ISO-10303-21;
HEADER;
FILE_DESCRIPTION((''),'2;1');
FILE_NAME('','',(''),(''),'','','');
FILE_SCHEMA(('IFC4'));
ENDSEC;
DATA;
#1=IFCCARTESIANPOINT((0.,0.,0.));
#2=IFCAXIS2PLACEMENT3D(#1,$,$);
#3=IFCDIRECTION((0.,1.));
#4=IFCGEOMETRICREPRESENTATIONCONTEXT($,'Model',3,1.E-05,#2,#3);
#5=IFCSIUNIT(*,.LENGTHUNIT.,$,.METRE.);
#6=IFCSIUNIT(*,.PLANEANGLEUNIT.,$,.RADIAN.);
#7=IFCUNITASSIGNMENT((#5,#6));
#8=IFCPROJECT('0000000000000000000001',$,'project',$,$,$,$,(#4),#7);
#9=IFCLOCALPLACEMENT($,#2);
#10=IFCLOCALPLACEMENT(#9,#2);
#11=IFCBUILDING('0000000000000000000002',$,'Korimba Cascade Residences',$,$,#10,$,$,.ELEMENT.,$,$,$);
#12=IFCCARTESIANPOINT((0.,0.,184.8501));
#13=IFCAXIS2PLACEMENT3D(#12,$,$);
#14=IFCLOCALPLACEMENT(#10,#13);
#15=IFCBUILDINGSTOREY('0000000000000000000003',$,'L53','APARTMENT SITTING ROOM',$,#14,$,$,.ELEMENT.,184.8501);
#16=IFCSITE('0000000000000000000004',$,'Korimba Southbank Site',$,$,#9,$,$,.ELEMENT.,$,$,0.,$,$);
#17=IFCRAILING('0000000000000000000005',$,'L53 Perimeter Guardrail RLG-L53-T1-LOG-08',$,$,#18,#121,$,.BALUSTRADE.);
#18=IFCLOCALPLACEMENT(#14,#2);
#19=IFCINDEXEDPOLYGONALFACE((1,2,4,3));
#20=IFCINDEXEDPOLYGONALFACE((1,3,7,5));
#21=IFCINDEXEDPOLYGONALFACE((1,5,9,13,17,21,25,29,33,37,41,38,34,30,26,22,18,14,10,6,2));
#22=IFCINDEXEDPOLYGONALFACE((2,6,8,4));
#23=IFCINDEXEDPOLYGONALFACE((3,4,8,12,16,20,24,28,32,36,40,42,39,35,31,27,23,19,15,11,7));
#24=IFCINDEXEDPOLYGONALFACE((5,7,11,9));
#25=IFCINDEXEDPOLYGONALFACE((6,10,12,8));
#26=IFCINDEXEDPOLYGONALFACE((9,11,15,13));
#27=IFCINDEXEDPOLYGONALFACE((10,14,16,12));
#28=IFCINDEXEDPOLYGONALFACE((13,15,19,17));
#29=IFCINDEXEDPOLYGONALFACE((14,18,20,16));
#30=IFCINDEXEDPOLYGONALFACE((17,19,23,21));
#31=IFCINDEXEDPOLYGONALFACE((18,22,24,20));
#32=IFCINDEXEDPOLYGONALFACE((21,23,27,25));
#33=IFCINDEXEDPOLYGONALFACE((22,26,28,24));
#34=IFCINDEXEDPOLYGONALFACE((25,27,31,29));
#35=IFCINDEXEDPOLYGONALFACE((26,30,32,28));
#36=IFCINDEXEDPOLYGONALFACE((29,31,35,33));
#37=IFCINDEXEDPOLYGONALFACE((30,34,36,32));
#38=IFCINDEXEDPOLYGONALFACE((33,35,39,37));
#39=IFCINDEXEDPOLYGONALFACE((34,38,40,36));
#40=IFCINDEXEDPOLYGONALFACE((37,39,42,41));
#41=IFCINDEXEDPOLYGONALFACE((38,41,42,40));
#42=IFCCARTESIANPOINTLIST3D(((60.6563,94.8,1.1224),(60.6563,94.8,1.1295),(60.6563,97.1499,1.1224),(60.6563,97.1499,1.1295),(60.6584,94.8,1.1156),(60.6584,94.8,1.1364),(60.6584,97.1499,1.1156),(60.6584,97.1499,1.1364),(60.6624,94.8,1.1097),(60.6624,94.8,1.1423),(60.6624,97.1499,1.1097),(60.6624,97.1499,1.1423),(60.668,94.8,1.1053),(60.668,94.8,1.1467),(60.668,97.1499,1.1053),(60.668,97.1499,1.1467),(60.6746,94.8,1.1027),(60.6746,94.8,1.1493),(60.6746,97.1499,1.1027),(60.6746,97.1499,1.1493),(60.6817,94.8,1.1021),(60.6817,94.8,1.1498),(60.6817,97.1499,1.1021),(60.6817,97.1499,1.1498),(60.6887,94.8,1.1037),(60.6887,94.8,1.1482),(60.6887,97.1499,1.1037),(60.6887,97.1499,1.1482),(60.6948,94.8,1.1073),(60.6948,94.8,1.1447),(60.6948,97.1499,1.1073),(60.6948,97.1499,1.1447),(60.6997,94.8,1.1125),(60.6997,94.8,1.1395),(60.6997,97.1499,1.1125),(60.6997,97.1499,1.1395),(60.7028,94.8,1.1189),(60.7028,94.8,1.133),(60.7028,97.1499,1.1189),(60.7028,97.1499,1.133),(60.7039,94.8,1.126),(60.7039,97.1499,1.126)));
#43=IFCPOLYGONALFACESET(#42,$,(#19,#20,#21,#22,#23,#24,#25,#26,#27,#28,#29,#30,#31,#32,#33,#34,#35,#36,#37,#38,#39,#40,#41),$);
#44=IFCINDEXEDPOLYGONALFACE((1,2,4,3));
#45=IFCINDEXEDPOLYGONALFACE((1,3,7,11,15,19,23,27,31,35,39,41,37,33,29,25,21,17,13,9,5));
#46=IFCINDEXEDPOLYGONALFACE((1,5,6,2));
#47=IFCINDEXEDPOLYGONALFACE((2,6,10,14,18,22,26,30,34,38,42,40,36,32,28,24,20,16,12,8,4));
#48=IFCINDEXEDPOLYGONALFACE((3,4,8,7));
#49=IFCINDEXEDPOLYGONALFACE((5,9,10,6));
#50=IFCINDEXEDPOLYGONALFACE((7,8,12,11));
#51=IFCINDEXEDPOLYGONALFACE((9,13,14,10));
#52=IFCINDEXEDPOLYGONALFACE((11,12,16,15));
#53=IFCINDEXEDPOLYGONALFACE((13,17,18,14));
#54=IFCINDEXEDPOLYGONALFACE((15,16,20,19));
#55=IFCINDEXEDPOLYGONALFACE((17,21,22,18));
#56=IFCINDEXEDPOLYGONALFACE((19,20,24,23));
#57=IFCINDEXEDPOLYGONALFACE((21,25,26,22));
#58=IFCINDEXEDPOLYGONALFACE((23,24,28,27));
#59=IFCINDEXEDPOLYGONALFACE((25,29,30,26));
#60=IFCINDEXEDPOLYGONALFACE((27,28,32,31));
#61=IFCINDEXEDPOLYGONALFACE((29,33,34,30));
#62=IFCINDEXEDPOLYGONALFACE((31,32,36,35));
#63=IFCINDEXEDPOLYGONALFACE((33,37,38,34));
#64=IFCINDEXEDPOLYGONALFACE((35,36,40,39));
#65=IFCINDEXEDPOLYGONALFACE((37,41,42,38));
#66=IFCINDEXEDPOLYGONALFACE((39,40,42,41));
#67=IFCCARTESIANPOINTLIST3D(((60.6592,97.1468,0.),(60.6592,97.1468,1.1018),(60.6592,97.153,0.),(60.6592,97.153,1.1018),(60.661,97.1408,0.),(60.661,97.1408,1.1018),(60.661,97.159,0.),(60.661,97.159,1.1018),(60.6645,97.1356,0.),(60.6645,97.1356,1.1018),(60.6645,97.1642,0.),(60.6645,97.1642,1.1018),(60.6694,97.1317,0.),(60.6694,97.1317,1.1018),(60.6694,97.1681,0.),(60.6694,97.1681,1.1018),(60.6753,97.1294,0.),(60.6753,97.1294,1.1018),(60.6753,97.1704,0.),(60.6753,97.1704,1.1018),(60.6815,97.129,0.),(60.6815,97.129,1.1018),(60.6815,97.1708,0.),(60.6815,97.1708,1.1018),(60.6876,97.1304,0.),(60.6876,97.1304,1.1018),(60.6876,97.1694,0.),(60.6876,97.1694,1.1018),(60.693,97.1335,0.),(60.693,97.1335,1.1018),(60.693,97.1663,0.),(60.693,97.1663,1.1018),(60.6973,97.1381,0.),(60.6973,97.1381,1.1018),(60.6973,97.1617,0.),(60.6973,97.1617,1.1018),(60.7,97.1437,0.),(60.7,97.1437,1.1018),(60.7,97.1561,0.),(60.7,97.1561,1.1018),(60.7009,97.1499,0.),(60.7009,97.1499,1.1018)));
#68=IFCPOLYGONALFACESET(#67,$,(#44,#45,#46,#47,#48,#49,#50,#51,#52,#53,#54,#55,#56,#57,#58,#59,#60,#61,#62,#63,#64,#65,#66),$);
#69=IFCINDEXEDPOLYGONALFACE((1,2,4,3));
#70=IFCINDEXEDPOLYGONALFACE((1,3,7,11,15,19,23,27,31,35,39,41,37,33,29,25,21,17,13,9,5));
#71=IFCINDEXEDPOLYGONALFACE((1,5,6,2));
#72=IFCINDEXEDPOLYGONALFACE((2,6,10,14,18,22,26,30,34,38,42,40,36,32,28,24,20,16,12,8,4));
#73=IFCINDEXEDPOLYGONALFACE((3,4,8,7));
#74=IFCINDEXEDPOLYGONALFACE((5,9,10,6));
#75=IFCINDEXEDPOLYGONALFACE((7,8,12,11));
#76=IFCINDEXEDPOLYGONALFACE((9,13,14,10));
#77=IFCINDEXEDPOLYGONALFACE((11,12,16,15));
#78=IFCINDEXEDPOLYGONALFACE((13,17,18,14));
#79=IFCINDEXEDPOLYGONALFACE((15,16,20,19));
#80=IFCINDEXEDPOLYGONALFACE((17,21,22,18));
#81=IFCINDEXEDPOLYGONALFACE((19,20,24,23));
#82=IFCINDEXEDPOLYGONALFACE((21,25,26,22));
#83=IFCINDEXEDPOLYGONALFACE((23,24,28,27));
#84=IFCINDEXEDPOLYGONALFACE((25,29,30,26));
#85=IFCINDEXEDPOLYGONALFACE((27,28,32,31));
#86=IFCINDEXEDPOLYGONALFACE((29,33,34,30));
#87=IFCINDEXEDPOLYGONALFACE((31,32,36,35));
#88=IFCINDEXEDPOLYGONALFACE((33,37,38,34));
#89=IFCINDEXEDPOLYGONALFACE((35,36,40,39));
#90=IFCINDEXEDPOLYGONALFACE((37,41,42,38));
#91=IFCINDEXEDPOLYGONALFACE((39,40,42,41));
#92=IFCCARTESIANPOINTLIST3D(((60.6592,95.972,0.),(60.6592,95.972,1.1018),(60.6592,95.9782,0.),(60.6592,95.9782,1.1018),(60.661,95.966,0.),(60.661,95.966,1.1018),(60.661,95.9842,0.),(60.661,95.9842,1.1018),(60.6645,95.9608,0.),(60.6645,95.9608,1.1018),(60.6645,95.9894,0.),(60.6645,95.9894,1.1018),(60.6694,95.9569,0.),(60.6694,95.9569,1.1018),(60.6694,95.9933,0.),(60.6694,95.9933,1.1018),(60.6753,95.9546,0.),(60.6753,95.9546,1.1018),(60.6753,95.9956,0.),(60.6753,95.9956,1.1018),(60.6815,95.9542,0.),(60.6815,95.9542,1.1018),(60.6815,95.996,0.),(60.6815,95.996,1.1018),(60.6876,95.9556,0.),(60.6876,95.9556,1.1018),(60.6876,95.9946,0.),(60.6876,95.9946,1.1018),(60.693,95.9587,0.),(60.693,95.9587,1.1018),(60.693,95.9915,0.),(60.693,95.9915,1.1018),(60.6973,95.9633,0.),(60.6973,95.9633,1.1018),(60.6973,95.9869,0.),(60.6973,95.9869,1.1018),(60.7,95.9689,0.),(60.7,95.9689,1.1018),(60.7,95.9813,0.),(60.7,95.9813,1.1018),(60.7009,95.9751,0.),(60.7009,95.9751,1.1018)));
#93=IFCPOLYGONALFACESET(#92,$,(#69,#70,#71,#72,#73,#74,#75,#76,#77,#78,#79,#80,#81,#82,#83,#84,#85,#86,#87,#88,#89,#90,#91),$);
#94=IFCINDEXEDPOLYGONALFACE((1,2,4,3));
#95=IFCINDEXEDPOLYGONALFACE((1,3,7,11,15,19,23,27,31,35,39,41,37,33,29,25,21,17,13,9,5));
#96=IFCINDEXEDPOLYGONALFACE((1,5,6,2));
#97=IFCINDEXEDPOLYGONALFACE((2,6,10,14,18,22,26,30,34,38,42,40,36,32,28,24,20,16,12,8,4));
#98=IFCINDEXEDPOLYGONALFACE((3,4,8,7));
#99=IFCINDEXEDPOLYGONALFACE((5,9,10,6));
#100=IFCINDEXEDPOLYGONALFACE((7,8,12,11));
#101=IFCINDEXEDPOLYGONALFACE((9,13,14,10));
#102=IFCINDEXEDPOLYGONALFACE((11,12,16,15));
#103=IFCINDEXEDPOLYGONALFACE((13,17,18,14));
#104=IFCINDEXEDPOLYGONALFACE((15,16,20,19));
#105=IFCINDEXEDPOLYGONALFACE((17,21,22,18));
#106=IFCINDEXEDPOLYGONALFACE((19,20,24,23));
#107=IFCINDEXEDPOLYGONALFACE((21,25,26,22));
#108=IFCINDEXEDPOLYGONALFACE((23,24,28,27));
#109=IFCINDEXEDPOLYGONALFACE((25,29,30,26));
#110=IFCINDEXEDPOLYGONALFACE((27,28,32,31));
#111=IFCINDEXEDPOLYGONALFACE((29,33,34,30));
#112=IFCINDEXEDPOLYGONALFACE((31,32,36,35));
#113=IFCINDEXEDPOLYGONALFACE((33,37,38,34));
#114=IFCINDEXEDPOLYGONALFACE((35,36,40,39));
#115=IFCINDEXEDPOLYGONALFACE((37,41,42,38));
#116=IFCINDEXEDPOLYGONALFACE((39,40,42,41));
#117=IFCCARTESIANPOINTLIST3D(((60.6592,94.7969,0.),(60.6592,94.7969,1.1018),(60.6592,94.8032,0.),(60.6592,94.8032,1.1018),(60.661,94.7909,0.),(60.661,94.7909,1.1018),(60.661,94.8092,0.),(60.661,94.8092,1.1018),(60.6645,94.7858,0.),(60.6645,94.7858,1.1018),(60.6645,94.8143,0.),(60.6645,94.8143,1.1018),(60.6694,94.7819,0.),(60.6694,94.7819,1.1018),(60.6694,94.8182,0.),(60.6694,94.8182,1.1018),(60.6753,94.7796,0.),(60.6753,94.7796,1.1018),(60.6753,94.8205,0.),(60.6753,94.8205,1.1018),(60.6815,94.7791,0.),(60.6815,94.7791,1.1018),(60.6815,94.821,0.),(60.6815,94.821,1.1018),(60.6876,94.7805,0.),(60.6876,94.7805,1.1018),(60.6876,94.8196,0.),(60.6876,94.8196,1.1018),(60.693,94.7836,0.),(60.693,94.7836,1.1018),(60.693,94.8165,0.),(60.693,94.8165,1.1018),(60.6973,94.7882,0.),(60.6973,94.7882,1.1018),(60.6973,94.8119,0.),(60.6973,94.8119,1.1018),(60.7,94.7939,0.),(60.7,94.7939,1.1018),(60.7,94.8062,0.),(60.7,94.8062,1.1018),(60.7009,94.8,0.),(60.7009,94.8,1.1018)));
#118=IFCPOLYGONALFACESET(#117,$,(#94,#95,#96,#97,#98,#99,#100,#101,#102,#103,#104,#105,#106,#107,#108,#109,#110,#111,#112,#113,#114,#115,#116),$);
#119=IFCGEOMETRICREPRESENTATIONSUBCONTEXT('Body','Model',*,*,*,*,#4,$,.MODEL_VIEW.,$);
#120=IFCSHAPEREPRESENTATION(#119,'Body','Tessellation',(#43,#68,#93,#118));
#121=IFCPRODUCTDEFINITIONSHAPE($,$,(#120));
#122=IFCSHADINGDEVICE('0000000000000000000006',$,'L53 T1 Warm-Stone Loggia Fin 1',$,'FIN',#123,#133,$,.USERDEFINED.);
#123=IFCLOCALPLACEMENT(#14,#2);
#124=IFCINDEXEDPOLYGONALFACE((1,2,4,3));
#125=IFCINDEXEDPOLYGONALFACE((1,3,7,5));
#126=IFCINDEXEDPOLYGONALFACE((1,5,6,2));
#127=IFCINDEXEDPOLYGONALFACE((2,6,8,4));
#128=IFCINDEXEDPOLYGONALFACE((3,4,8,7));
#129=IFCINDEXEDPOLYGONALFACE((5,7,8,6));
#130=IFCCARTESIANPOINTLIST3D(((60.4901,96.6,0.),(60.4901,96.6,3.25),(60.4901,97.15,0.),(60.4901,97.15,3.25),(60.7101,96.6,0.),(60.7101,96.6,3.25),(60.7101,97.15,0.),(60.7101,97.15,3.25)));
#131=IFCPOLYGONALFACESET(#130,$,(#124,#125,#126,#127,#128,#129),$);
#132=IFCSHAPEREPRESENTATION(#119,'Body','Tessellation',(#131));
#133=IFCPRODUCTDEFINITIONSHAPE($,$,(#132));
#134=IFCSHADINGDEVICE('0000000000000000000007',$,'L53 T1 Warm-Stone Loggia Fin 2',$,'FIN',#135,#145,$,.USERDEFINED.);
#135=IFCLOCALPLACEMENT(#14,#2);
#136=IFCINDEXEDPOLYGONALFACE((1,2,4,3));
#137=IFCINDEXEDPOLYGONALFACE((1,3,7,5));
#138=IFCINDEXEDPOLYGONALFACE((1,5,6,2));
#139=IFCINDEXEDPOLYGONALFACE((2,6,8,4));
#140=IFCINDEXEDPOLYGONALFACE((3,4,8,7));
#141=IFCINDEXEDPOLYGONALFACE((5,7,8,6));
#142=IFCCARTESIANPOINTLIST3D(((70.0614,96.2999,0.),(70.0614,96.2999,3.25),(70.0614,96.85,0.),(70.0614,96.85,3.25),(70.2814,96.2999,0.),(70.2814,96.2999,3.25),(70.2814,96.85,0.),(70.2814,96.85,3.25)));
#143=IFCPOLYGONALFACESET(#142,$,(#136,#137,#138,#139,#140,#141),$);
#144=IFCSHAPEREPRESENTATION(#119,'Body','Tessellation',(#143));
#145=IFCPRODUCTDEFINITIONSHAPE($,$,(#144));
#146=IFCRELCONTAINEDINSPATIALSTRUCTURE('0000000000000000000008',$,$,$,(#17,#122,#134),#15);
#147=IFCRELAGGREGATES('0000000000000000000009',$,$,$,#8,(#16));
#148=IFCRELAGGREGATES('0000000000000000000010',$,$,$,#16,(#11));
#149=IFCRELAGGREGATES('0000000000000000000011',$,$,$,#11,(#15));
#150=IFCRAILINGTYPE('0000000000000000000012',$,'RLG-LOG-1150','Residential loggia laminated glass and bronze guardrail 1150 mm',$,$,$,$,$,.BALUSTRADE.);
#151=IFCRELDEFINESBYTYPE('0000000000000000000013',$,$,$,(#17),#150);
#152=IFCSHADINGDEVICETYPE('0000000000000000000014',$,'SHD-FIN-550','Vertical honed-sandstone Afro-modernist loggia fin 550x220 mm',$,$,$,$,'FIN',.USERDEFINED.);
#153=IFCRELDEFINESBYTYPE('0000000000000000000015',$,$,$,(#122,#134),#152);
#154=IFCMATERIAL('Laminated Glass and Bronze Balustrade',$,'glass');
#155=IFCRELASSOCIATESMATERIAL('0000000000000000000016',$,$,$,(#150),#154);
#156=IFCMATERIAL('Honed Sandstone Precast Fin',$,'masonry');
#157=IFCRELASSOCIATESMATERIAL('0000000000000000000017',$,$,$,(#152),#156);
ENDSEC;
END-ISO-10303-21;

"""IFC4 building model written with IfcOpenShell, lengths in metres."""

from ifc_helpers import new_model, si_unit, direction, frame, origin, origin_2d, place, context, subcontext, project, spatial, rectangle, circle, extrude, material, type_object, element, save


model = new_model("IFC4")

# Units and contexts
model_context = context("Model", 3, precision=1e-05, world=origin(), true_north=direction((0.0, 1.0)))
body_context = subcontext(model_context, "Body", "Model", "MODEL_VIEW")
ifc_project = project(units=[si_unit("LENGTHUNIT", "METRE"), si_unit("PLANEANGLEUNIT", "RADIAN")], contexts=[model_context])

# Site, building, storey
site_placement = place(None, origin())
site = spatial("IfcSite", under=ifc_project, at=site_placement, Name="Korimba Southbank Site", CompositionType="ELEMENT", RefElevation=0.0)
building_placement = place(site_placement, origin())
building = spatial("IfcBuilding", under=site, at=building_placement, Name="Korimba Cascade Residences", CompositionType="ELEMENT")
storey_placement = place(building_placement, frame((0.0, 0.0, 184.8501)))
storey = spatial("IfcBuildingStorey", under=building, at=storey_placement, Name="L53", Description="APARTMENT SITTING ROOM", CompositionType="ELEMENT", Elevation=184.8501)

# Railing
ifc_material_1 = material(Name="Laminated Glass and Bronze Balustrade", Category="glass")
railing_type = type_object("IfcRailingType", Name="RLG-LOG-1150", Description="Residential loggia laminated glass and bronze guardrail 1150 mm", PredefinedType="BALUSTRADE", material=ifc_material_1)
railing_1_placement = place(storey_placement, frame((60.6799, 97.1499, 0.0)))
element("IfcRailing", 1, at=railing_1_placement, inside=storey, type_object=railing_type, Name="L53 Perimeter Guardrail RLG-L53-T1-LOG-08", PredefinedType="BALUSTRADE", context=body_context, shape_type="SweptSolid", body=[
    extrude(circle(Radius=0.0239, at=origin_2d()), frame((0.0, 0.0, 1.126), z_axis=(0.0, -1.0, 0.0), x_axis=(1.0, 0.0, 0.0)), (0.0, 0.0, 1.0), 2.3499),
    extrude(circle(Radius=0.021, at=origin_2d()), origin(), (0.0, 0.0, 1.0), 1.1018),
    extrude(circle(Radius=0.021, at=origin_2d()), frame((0.0, -1.1748, 0.0)), (0.0, 0.0, 1.0), 1.1018),
    extrude(circle(Radius=0.021, at=origin_2d()), frame((0.0, -2.3499, 0.0)), (0.0, 0.0, 1.0), 1.1018),
])

# Shading devices
ifc_material_2 = material(Name="Honed Sandstone Precast Fin", Category="masonry")
shading_device_type = type_object("IfcShadingDeviceType", Name="SHD-FIN-550", Description="Vertical honed-sandstone Afro-modernist loggia fin 550x220 mm", ElementType="FIN", PredefinedType="USERDEFINED", material=ifc_material_2)
for number, where, z_axis, x_axis, name in (
    (2, (60.6001, 96.875, 0.0), (0.0, 0.0, 1.0), (1.0, 0.0, 0.0), "L53 T1 Warm-Stone Loggia Fin 1"),
    (3, (70.1714, 96.575, 0.0), (0.0, 0.0, 1.0), (1.0, 0.0, 0.0), "L53 T1 Warm-Stone Loggia Fin 2"),
):
    element("IfcShadingDevice", number, at=place(storey_placement, frame(where, z_axis=z_axis, x_axis=x_axis)), inside=storey, type_object=shading_device_type, Name=name, ObjectType="FIN", PredefinedType="USERDEFINED", context=body_context, shape_type="SweptSolid", body=[
        extrude(rectangle(XDim=0.22, YDim=0.55, at=origin_2d()), origin(), (0.0, 0.0, 1.0), 3.25),
    ])

save(model, "model.ifc")
